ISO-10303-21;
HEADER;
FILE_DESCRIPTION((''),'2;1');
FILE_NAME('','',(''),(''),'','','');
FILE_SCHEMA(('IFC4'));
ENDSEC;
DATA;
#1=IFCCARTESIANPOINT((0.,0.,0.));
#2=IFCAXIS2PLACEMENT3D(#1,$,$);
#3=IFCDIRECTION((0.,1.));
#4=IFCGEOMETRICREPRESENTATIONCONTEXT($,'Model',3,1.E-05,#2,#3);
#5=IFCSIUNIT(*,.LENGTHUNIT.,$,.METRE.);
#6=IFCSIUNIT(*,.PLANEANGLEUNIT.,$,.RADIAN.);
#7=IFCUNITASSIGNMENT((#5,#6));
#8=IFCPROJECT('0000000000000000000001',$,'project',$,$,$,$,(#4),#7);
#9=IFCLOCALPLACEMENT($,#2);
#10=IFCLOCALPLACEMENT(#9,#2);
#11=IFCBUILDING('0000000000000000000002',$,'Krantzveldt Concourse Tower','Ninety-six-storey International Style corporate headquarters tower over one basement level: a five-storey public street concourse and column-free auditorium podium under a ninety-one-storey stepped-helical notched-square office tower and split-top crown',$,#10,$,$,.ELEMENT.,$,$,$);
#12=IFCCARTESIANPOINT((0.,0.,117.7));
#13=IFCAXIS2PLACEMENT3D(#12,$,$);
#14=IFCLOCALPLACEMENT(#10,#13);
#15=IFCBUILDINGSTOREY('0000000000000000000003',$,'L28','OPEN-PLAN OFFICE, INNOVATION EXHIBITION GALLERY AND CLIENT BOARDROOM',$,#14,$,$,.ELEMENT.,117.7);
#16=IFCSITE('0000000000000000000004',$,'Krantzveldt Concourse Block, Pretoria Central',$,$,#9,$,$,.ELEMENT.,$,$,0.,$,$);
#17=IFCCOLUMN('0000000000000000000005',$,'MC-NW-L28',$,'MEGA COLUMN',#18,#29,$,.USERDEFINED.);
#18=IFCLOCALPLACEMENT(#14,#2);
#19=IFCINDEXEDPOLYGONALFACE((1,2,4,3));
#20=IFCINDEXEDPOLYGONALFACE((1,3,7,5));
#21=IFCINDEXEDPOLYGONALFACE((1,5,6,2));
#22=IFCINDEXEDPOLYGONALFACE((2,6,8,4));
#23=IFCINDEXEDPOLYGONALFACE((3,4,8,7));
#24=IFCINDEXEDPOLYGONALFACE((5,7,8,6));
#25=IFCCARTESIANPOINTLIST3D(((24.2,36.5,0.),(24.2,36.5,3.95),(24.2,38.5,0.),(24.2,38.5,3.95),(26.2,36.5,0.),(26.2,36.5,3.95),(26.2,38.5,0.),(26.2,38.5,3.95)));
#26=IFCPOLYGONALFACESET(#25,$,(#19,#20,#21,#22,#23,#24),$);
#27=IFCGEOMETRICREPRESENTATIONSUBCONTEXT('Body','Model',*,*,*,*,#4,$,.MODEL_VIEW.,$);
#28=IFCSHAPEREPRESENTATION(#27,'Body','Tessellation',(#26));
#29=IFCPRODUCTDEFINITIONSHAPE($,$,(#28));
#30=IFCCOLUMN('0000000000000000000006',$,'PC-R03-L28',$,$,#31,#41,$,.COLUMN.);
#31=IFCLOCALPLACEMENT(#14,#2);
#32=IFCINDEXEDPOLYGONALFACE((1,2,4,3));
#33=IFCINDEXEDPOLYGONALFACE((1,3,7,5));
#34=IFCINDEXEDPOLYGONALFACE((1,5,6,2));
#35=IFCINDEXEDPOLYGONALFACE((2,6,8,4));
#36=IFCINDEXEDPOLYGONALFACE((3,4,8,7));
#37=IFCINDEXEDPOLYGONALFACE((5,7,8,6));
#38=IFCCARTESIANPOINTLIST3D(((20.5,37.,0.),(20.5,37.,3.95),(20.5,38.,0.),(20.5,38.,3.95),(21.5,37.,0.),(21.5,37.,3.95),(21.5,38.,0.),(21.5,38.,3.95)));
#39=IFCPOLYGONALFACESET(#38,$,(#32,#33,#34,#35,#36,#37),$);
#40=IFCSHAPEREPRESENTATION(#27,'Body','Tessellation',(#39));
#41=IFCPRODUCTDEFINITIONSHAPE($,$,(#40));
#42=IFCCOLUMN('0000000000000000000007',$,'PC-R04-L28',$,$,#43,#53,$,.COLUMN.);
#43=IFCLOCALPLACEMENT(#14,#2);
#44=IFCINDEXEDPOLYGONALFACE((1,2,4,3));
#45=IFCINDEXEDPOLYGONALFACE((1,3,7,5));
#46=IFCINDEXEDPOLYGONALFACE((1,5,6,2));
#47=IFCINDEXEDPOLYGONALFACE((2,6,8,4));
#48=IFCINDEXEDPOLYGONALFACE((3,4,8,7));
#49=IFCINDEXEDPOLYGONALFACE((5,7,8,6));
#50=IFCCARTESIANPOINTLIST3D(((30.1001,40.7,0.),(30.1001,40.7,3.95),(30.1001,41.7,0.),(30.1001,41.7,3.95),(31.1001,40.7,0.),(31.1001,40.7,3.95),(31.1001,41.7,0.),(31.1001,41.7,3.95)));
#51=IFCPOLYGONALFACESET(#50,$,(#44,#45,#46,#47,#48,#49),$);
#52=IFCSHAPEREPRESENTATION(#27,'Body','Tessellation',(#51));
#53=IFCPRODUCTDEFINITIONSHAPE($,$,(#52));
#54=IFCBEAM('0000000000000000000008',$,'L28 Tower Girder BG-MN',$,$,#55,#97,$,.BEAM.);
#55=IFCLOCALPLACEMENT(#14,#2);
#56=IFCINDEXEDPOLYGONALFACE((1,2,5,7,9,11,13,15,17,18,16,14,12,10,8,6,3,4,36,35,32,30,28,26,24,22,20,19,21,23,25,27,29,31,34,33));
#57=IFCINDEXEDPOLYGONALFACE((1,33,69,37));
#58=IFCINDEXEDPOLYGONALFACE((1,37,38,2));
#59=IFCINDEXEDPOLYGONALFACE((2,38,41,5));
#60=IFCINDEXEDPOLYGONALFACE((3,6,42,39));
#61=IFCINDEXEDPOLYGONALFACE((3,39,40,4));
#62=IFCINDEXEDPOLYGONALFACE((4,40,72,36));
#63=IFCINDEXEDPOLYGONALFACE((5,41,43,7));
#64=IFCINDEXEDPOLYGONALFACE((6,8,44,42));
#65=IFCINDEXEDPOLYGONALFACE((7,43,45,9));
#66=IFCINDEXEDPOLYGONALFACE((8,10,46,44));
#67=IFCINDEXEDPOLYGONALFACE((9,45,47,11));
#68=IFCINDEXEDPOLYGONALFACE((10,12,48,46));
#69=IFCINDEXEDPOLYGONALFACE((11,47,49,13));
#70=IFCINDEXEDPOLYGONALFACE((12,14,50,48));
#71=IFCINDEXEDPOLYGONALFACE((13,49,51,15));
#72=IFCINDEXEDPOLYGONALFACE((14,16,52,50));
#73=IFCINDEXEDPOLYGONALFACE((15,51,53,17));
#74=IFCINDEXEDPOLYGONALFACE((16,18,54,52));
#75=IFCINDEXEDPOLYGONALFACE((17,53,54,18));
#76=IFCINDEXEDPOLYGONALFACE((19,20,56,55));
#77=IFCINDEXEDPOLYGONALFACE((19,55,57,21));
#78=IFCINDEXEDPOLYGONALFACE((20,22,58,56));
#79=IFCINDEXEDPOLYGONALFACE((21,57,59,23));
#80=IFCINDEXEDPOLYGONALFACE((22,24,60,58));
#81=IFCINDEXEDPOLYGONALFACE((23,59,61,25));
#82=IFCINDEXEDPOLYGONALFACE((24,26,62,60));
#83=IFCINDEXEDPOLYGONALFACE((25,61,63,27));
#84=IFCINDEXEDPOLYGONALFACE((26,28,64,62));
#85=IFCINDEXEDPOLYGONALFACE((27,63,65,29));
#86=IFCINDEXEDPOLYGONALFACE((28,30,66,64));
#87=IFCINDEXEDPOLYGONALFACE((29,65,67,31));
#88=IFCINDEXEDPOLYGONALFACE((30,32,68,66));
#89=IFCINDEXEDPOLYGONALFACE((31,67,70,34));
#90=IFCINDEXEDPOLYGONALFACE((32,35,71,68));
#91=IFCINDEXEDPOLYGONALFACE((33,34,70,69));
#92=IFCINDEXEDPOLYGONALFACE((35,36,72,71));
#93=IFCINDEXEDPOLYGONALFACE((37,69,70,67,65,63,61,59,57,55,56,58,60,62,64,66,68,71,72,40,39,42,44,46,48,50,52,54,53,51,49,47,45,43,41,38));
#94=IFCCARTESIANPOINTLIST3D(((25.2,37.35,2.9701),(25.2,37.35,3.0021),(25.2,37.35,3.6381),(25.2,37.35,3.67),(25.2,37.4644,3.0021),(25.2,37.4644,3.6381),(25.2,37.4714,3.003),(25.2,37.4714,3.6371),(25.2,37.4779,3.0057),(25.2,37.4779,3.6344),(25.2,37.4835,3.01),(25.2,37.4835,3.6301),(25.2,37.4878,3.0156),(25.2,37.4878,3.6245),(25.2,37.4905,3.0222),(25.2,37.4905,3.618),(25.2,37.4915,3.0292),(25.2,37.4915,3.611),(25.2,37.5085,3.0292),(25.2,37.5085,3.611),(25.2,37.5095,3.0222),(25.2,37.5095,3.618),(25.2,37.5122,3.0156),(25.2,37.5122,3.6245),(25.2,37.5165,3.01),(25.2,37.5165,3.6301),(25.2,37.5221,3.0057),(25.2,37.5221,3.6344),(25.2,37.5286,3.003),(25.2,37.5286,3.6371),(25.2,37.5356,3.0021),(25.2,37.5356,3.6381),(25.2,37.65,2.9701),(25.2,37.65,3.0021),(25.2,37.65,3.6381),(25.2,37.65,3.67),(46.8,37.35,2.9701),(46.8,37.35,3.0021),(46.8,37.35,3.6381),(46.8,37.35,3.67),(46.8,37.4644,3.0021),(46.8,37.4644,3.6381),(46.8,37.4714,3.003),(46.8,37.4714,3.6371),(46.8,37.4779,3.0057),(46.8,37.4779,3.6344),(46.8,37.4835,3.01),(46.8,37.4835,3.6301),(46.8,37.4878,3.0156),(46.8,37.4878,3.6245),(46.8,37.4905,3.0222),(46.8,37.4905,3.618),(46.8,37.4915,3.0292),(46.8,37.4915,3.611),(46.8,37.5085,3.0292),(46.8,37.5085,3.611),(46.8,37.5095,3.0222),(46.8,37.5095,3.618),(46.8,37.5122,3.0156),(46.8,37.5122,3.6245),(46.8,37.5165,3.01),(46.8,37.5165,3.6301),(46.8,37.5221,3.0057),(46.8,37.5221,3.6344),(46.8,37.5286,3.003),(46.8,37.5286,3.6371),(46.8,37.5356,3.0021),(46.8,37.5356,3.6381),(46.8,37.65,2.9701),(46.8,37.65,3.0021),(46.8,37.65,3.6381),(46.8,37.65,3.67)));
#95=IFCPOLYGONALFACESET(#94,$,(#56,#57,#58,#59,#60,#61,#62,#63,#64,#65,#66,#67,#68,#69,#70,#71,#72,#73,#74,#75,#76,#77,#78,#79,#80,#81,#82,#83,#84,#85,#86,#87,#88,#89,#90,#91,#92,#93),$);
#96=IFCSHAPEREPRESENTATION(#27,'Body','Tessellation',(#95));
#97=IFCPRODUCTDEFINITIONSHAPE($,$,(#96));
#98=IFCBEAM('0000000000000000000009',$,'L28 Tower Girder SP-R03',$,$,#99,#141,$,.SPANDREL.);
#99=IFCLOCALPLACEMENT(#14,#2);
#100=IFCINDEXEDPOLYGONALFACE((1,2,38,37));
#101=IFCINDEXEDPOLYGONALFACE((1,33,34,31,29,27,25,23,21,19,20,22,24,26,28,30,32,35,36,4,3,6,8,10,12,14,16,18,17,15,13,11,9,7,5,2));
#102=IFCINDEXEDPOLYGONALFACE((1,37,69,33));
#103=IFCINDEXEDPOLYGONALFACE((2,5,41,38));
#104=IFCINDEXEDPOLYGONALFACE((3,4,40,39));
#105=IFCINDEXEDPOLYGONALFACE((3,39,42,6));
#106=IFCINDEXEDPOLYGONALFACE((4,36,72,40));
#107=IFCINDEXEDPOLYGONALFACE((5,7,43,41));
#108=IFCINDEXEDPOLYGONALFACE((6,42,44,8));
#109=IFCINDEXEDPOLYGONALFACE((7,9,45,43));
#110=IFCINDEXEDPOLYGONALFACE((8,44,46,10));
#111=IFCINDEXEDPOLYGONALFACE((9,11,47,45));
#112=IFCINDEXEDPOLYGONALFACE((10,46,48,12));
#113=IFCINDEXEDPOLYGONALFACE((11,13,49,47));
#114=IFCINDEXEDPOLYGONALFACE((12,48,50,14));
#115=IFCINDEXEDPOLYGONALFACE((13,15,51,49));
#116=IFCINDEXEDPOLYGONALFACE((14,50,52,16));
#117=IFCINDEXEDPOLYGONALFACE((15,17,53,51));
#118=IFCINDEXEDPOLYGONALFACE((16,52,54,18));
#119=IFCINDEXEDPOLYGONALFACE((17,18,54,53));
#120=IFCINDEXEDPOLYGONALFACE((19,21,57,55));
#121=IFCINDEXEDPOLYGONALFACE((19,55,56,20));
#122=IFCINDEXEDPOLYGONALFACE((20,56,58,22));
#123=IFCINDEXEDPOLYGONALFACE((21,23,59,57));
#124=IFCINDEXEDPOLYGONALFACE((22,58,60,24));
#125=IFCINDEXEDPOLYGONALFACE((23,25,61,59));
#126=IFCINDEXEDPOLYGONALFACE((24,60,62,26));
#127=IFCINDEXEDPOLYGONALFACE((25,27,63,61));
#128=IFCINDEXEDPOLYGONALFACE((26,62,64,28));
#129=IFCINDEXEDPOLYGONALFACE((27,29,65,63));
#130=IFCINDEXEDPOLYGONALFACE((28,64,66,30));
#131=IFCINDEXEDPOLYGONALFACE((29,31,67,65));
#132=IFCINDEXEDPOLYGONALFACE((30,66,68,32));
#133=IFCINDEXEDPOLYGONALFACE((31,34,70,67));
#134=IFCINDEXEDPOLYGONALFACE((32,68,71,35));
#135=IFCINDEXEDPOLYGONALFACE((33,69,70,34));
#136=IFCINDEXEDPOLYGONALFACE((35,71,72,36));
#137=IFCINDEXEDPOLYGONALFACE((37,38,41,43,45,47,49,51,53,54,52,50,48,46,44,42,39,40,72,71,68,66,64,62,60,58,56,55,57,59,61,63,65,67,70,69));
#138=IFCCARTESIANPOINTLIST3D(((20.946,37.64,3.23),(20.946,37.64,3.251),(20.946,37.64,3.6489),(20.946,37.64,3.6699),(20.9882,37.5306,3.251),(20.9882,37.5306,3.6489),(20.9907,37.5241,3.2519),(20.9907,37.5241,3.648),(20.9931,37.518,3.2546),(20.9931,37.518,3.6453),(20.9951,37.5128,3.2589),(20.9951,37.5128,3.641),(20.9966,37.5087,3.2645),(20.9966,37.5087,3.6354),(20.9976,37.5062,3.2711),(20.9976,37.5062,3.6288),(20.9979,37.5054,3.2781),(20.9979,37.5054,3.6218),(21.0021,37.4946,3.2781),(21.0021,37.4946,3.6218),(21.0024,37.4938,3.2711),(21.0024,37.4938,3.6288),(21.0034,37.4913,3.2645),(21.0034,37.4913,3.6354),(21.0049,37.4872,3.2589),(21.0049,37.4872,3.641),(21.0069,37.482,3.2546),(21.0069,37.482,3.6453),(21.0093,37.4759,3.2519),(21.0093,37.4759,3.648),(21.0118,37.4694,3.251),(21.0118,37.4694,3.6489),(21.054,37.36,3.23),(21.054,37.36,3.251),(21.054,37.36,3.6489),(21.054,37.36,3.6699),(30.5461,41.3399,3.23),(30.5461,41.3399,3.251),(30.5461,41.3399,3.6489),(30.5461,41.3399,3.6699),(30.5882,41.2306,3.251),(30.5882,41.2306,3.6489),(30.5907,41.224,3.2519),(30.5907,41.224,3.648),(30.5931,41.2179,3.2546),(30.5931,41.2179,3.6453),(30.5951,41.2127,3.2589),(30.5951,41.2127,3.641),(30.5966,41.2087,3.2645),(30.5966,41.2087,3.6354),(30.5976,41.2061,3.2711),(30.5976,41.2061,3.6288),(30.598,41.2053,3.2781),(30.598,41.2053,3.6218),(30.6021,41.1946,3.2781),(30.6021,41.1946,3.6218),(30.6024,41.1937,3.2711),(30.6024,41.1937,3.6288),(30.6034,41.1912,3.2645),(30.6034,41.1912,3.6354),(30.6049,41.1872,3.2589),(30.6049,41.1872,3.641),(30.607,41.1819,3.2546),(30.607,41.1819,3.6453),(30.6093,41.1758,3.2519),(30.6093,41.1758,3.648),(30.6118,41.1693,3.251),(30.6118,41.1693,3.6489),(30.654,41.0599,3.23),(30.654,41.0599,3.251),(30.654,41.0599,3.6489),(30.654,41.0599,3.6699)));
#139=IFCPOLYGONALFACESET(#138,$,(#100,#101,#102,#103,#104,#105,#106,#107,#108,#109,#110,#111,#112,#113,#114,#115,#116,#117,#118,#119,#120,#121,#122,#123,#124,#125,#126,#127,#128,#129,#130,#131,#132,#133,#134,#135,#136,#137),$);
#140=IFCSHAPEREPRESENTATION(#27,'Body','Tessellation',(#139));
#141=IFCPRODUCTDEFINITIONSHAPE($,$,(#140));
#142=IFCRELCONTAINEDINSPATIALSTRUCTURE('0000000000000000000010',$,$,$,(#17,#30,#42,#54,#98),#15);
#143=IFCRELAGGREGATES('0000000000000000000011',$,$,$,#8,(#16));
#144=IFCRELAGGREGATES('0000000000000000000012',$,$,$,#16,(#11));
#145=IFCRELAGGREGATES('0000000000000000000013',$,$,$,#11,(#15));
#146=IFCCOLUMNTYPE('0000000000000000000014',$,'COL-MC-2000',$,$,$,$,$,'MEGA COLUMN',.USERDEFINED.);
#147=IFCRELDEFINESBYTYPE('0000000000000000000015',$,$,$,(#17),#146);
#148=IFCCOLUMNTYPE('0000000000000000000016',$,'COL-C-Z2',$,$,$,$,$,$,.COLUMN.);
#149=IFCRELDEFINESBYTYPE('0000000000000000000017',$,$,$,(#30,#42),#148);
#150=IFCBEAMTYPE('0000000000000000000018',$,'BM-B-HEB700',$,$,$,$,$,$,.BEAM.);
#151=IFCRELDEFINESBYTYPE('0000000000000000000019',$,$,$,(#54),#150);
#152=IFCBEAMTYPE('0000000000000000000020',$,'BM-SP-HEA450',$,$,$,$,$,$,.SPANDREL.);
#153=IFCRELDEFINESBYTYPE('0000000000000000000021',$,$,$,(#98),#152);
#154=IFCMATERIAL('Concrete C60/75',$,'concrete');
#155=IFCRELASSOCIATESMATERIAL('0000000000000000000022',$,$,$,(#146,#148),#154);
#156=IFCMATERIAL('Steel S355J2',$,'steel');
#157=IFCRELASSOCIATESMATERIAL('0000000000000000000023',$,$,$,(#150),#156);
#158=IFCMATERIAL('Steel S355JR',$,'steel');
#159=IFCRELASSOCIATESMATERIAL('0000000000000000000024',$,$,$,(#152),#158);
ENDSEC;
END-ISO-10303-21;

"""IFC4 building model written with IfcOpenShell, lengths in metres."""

from ifc_helpers import new_model, si_unit, direction, frame, origin, origin_2d, place, context, subcontext, project, spatial, rectangle, i_section, extrude, source, transform, mapped, material, material_profile, profile_set, type_object, type_shapes, element, save


model = new_model("IFC4")

# Units and contexts
model_context = context("Model", 3, precision=1e-05, world=origin(), true_north=direction((0.0, 1.0)))
body_context = subcontext(model_context, "Body", "Model", "MODEL_VIEW")
ifc_project = project(units=[si_unit("LENGTHUNIT", "METRE"), si_unit("PLANEANGLEUNIT", "RADIAN")], contexts=[model_context])

# Site, building, storey
site_placement = place(None, origin())
site = spatial("IfcSite", under=ifc_project, at=site_placement, Name="Krantzveldt Concourse Block, Pretoria Central", CompositionType="ELEMENT", RefElevation=0.0)
building_placement = place(site_placement, origin())
building = spatial("IfcBuilding", under=site, at=building_placement, Name="Krantzveldt Concourse Tower", Description="Ninety-six-storey International Style corporate headquarters tower over one basement level: a five-storey public street concourse and column-free auditorium podium under a ninety-one-storey stepped-helical notched-square office tower and split-top crown", CompositionType="ELEMENT")
storey_placement = place(building_placement, frame((0.0, 0.0, 117.7)))
storey = spatial("IfcBuildingStorey", under=building, at=storey_placement, Name="L28", Description="OPEN-PLAN OFFICE, INNOVATION EXHIBITION GALLERY AND CLIENT BOARDROOM", CompositionType="ELEMENT", Elevation=117.7)

# Columns
ifc_material_1 = material(Name="Concrete C60/75", Category="concrete")
ifc_material_profile_1 = material_profile(ifc_material_1, rectangle(XDim=2.0, YDim=2.0, at=origin_2d()), Name="Concrete C60/75", Category="concrete")
ifc_profile_set_1 = profile_set([ifc_material_profile_1], Name="Concrete C60/75 - RC 2000x2000")
column_type_1 = type_object("IfcColumnType", Name="COL-MC-2000", ElementType="MEGA COLUMN", PredefinedType="USERDEFINED", material=ifc_profile_set_1)
shared_shape_1 = source(origin(), body_context, "Body", "SweptSolid", [
    extrude(rectangle(XDim=2.0, YDim=2.0, at=origin_2d()), origin(), (0.0, 0.0, 1.0), 3.95),
])
type_shapes(column_type_1, [shared_shape_1])
column_placement = place(storey_placement, frame((25.2, 37.5, 0.0), z_axis=(0.0, 0.0, 1.0), x_axis=(1.0, 0.0, 0.0)))
element("IfcColumn", 1, at=column_placement, inside=storey, type_object=column_type_1, Name="MC-NW-L28", ObjectType="MEGA COLUMN", PredefinedType="USERDEFINED", context=body_context, shape_type="MappedRepresentation", body=[
    mapped(shared_shape_1, transform((0.0, 0.0, 0.0), x_axis=(1.0, 0.0, 0.0), y_axis=(0.0, 1.0, 0.0), z_axis=(0.0, 0.0, 1.0), scale=1.0)),
])
ifc_material_profile_2 = material_profile(ifc_material_1, rectangle(XDim=1.0, YDim=1.0, at=origin_2d()), Name="Concrete C60/75", Category="concrete")
ifc_profile_set_2 = profile_set([ifc_material_profile_2], Name="Concrete C60/75 - RC 1000x1000")
column_type_2 = type_object("IfcColumnType", Name="COL-C-Z2", PredefinedType="COLUMN", material=ifc_profile_set_2)
shared_shape_2 = source(origin(), body_context, "Body", "SweptSolid", [
    extrude(rectangle(XDim=1.0, YDim=1.0, at=origin_2d()), origin(), (0.0, 0.0, 1.0), 3.95),
])
type_shapes(column_type_2, [shared_shape_2])
for number, where, z_axis, x_axis, name in (
    (2, (21.0, 37.5, 0.0), (0.0, 0.0, 1.0), (1.0, 0.0, 0.0), "PC-R03-L28"),
    (3, (30.6001, 41.2, 0.0), (0.0, 0.0, 1.0), (1.0, 0.0, 0.0), "PC-R04-L28"),
):
    element("IfcColumn", number, at=place(storey_placement, frame(where, z_axis=z_axis, x_axis=x_axis)), inside=storey, type_object=column_type_2, Name=name, PredefinedType="COLUMN", context=body_context, shape_type="MappedRepresentation", body=[
        mapped(shared_shape_2, transform((0.0, 0.0, 0.0), x_axis=(1.0, 0.0, 0.0), y_axis=(0.0, 1.0, 0.0), z_axis=(0.0, 0.0, 1.0), scale=1.0)),
    ])

# Beams
ifc_material_2 = material(Name="Steel S355J2", Category="steel")
ifc_material_profile_3 = material_profile(ifc_material_2, i_section(OverallWidth=0.3, OverallDepth=0.7, WebThickness=0.0171, FlangeThickness=0.032, FilletRadius=0.0271, at=origin_2d()), Name="Steel S355J2", Category="steel")
ifc_profile_set_3 = profile_set([ifc_material_profile_3], Name="Steel S355J2 - HEB 700")
beam_type_1 = type_object("IfcBeamType", Name="BM-B-HEB700", PredefinedType="BEAM", material=ifc_profile_set_3)
shared_shape_3 = source(origin(), body_context, "Body", "SweptSolid", [
    extrude(i_section(OverallWidth=0.3, OverallDepth=0.7, WebThickness=0.0171, FlangeThickness=0.032, FilletRadius=0.0271, at=origin_2d()), origin(), (0.0, 0.0, 1.0), 21.6001),
])
type_shapes(beam_type_1, [shared_shape_3])
beam_1_placement = place(storey_placement, frame((25.2, 37.5, 3.3201), z_axis=(1.0, 0.0, 0.0), x_axis=(0.0, 1.0, 0.0)))
element("IfcBeam", 4, at=beam_1_placement, inside=storey, type_object=beam_type_1, Name="L28 Tower Girder BG-MN", PredefinedType="BEAM", context=body_context, shape_type="MappedRepresentation", body=[
    mapped(shared_shape_3, transform((0.0, 0.0, 0.0), x_axis=(1.0, 0.0, 0.0), y_axis=(0.0, 1.0, 0.0), z_axis=(0.0, 0.0, 1.0), scale=1.0)),
])
ifc_material_3 = material(Name="Steel S355JR", Category="steel")
ifc_material_profile_4 = material_profile(ifc_material_3, i_section(OverallWidth=0.3, OverallDepth=0.4399, WebThickness=0.0115, FlangeThickness=0.021, FilletRadius=0.0271, at=origin_2d()), Name="Steel S355JR", Category="steel")
ifc_profile_set_4 = profile_set([ifc_material_profile_4], Name="Steel S355JR - HEA 450")
beam_type_2 = type_object("IfcBeamType", Name="BM-SP-HEA450", PredefinedType="SPANDREL", material=ifc_profile_set_4)
shared_shape_4 = source(origin(), body_context, "Body", "SweptSolid", [
    extrude(i_section(OverallWidth=0.3, OverallDepth=0.4399, WebThickness=0.0115, FlangeThickness=0.021, FilletRadius=0.0271, at=origin_2d()), origin(), (0.0, 0.0, 1.0), 10.2883),
])
beam_2_placement = place(storey_placement, frame((21.0, 37.5, 3.45), z_axis=(0.933098, 0.359623, 0.0), x_axis=(-0.359623, 0.933098, 0.0)))
element("IfcBeam", 5, at=beam_2_placement, inside=storey, type_object=beam_type_2, Name="L28 Tower Girder SP-R03", PredefinedType="SPANDREL", context=body_context, shape_type="MappedRepresentation", body=[
    mapped(shared_shape_4, transform((0.0, 0.0, 0.0), x_axis=(1.0, 0.0, 0.0), y_axis=(0.0, 1.0, 0.0), z_axis=(0.0, 0.0, 1.0), scale=1.0)),
])

save(model, "model.ifc")
